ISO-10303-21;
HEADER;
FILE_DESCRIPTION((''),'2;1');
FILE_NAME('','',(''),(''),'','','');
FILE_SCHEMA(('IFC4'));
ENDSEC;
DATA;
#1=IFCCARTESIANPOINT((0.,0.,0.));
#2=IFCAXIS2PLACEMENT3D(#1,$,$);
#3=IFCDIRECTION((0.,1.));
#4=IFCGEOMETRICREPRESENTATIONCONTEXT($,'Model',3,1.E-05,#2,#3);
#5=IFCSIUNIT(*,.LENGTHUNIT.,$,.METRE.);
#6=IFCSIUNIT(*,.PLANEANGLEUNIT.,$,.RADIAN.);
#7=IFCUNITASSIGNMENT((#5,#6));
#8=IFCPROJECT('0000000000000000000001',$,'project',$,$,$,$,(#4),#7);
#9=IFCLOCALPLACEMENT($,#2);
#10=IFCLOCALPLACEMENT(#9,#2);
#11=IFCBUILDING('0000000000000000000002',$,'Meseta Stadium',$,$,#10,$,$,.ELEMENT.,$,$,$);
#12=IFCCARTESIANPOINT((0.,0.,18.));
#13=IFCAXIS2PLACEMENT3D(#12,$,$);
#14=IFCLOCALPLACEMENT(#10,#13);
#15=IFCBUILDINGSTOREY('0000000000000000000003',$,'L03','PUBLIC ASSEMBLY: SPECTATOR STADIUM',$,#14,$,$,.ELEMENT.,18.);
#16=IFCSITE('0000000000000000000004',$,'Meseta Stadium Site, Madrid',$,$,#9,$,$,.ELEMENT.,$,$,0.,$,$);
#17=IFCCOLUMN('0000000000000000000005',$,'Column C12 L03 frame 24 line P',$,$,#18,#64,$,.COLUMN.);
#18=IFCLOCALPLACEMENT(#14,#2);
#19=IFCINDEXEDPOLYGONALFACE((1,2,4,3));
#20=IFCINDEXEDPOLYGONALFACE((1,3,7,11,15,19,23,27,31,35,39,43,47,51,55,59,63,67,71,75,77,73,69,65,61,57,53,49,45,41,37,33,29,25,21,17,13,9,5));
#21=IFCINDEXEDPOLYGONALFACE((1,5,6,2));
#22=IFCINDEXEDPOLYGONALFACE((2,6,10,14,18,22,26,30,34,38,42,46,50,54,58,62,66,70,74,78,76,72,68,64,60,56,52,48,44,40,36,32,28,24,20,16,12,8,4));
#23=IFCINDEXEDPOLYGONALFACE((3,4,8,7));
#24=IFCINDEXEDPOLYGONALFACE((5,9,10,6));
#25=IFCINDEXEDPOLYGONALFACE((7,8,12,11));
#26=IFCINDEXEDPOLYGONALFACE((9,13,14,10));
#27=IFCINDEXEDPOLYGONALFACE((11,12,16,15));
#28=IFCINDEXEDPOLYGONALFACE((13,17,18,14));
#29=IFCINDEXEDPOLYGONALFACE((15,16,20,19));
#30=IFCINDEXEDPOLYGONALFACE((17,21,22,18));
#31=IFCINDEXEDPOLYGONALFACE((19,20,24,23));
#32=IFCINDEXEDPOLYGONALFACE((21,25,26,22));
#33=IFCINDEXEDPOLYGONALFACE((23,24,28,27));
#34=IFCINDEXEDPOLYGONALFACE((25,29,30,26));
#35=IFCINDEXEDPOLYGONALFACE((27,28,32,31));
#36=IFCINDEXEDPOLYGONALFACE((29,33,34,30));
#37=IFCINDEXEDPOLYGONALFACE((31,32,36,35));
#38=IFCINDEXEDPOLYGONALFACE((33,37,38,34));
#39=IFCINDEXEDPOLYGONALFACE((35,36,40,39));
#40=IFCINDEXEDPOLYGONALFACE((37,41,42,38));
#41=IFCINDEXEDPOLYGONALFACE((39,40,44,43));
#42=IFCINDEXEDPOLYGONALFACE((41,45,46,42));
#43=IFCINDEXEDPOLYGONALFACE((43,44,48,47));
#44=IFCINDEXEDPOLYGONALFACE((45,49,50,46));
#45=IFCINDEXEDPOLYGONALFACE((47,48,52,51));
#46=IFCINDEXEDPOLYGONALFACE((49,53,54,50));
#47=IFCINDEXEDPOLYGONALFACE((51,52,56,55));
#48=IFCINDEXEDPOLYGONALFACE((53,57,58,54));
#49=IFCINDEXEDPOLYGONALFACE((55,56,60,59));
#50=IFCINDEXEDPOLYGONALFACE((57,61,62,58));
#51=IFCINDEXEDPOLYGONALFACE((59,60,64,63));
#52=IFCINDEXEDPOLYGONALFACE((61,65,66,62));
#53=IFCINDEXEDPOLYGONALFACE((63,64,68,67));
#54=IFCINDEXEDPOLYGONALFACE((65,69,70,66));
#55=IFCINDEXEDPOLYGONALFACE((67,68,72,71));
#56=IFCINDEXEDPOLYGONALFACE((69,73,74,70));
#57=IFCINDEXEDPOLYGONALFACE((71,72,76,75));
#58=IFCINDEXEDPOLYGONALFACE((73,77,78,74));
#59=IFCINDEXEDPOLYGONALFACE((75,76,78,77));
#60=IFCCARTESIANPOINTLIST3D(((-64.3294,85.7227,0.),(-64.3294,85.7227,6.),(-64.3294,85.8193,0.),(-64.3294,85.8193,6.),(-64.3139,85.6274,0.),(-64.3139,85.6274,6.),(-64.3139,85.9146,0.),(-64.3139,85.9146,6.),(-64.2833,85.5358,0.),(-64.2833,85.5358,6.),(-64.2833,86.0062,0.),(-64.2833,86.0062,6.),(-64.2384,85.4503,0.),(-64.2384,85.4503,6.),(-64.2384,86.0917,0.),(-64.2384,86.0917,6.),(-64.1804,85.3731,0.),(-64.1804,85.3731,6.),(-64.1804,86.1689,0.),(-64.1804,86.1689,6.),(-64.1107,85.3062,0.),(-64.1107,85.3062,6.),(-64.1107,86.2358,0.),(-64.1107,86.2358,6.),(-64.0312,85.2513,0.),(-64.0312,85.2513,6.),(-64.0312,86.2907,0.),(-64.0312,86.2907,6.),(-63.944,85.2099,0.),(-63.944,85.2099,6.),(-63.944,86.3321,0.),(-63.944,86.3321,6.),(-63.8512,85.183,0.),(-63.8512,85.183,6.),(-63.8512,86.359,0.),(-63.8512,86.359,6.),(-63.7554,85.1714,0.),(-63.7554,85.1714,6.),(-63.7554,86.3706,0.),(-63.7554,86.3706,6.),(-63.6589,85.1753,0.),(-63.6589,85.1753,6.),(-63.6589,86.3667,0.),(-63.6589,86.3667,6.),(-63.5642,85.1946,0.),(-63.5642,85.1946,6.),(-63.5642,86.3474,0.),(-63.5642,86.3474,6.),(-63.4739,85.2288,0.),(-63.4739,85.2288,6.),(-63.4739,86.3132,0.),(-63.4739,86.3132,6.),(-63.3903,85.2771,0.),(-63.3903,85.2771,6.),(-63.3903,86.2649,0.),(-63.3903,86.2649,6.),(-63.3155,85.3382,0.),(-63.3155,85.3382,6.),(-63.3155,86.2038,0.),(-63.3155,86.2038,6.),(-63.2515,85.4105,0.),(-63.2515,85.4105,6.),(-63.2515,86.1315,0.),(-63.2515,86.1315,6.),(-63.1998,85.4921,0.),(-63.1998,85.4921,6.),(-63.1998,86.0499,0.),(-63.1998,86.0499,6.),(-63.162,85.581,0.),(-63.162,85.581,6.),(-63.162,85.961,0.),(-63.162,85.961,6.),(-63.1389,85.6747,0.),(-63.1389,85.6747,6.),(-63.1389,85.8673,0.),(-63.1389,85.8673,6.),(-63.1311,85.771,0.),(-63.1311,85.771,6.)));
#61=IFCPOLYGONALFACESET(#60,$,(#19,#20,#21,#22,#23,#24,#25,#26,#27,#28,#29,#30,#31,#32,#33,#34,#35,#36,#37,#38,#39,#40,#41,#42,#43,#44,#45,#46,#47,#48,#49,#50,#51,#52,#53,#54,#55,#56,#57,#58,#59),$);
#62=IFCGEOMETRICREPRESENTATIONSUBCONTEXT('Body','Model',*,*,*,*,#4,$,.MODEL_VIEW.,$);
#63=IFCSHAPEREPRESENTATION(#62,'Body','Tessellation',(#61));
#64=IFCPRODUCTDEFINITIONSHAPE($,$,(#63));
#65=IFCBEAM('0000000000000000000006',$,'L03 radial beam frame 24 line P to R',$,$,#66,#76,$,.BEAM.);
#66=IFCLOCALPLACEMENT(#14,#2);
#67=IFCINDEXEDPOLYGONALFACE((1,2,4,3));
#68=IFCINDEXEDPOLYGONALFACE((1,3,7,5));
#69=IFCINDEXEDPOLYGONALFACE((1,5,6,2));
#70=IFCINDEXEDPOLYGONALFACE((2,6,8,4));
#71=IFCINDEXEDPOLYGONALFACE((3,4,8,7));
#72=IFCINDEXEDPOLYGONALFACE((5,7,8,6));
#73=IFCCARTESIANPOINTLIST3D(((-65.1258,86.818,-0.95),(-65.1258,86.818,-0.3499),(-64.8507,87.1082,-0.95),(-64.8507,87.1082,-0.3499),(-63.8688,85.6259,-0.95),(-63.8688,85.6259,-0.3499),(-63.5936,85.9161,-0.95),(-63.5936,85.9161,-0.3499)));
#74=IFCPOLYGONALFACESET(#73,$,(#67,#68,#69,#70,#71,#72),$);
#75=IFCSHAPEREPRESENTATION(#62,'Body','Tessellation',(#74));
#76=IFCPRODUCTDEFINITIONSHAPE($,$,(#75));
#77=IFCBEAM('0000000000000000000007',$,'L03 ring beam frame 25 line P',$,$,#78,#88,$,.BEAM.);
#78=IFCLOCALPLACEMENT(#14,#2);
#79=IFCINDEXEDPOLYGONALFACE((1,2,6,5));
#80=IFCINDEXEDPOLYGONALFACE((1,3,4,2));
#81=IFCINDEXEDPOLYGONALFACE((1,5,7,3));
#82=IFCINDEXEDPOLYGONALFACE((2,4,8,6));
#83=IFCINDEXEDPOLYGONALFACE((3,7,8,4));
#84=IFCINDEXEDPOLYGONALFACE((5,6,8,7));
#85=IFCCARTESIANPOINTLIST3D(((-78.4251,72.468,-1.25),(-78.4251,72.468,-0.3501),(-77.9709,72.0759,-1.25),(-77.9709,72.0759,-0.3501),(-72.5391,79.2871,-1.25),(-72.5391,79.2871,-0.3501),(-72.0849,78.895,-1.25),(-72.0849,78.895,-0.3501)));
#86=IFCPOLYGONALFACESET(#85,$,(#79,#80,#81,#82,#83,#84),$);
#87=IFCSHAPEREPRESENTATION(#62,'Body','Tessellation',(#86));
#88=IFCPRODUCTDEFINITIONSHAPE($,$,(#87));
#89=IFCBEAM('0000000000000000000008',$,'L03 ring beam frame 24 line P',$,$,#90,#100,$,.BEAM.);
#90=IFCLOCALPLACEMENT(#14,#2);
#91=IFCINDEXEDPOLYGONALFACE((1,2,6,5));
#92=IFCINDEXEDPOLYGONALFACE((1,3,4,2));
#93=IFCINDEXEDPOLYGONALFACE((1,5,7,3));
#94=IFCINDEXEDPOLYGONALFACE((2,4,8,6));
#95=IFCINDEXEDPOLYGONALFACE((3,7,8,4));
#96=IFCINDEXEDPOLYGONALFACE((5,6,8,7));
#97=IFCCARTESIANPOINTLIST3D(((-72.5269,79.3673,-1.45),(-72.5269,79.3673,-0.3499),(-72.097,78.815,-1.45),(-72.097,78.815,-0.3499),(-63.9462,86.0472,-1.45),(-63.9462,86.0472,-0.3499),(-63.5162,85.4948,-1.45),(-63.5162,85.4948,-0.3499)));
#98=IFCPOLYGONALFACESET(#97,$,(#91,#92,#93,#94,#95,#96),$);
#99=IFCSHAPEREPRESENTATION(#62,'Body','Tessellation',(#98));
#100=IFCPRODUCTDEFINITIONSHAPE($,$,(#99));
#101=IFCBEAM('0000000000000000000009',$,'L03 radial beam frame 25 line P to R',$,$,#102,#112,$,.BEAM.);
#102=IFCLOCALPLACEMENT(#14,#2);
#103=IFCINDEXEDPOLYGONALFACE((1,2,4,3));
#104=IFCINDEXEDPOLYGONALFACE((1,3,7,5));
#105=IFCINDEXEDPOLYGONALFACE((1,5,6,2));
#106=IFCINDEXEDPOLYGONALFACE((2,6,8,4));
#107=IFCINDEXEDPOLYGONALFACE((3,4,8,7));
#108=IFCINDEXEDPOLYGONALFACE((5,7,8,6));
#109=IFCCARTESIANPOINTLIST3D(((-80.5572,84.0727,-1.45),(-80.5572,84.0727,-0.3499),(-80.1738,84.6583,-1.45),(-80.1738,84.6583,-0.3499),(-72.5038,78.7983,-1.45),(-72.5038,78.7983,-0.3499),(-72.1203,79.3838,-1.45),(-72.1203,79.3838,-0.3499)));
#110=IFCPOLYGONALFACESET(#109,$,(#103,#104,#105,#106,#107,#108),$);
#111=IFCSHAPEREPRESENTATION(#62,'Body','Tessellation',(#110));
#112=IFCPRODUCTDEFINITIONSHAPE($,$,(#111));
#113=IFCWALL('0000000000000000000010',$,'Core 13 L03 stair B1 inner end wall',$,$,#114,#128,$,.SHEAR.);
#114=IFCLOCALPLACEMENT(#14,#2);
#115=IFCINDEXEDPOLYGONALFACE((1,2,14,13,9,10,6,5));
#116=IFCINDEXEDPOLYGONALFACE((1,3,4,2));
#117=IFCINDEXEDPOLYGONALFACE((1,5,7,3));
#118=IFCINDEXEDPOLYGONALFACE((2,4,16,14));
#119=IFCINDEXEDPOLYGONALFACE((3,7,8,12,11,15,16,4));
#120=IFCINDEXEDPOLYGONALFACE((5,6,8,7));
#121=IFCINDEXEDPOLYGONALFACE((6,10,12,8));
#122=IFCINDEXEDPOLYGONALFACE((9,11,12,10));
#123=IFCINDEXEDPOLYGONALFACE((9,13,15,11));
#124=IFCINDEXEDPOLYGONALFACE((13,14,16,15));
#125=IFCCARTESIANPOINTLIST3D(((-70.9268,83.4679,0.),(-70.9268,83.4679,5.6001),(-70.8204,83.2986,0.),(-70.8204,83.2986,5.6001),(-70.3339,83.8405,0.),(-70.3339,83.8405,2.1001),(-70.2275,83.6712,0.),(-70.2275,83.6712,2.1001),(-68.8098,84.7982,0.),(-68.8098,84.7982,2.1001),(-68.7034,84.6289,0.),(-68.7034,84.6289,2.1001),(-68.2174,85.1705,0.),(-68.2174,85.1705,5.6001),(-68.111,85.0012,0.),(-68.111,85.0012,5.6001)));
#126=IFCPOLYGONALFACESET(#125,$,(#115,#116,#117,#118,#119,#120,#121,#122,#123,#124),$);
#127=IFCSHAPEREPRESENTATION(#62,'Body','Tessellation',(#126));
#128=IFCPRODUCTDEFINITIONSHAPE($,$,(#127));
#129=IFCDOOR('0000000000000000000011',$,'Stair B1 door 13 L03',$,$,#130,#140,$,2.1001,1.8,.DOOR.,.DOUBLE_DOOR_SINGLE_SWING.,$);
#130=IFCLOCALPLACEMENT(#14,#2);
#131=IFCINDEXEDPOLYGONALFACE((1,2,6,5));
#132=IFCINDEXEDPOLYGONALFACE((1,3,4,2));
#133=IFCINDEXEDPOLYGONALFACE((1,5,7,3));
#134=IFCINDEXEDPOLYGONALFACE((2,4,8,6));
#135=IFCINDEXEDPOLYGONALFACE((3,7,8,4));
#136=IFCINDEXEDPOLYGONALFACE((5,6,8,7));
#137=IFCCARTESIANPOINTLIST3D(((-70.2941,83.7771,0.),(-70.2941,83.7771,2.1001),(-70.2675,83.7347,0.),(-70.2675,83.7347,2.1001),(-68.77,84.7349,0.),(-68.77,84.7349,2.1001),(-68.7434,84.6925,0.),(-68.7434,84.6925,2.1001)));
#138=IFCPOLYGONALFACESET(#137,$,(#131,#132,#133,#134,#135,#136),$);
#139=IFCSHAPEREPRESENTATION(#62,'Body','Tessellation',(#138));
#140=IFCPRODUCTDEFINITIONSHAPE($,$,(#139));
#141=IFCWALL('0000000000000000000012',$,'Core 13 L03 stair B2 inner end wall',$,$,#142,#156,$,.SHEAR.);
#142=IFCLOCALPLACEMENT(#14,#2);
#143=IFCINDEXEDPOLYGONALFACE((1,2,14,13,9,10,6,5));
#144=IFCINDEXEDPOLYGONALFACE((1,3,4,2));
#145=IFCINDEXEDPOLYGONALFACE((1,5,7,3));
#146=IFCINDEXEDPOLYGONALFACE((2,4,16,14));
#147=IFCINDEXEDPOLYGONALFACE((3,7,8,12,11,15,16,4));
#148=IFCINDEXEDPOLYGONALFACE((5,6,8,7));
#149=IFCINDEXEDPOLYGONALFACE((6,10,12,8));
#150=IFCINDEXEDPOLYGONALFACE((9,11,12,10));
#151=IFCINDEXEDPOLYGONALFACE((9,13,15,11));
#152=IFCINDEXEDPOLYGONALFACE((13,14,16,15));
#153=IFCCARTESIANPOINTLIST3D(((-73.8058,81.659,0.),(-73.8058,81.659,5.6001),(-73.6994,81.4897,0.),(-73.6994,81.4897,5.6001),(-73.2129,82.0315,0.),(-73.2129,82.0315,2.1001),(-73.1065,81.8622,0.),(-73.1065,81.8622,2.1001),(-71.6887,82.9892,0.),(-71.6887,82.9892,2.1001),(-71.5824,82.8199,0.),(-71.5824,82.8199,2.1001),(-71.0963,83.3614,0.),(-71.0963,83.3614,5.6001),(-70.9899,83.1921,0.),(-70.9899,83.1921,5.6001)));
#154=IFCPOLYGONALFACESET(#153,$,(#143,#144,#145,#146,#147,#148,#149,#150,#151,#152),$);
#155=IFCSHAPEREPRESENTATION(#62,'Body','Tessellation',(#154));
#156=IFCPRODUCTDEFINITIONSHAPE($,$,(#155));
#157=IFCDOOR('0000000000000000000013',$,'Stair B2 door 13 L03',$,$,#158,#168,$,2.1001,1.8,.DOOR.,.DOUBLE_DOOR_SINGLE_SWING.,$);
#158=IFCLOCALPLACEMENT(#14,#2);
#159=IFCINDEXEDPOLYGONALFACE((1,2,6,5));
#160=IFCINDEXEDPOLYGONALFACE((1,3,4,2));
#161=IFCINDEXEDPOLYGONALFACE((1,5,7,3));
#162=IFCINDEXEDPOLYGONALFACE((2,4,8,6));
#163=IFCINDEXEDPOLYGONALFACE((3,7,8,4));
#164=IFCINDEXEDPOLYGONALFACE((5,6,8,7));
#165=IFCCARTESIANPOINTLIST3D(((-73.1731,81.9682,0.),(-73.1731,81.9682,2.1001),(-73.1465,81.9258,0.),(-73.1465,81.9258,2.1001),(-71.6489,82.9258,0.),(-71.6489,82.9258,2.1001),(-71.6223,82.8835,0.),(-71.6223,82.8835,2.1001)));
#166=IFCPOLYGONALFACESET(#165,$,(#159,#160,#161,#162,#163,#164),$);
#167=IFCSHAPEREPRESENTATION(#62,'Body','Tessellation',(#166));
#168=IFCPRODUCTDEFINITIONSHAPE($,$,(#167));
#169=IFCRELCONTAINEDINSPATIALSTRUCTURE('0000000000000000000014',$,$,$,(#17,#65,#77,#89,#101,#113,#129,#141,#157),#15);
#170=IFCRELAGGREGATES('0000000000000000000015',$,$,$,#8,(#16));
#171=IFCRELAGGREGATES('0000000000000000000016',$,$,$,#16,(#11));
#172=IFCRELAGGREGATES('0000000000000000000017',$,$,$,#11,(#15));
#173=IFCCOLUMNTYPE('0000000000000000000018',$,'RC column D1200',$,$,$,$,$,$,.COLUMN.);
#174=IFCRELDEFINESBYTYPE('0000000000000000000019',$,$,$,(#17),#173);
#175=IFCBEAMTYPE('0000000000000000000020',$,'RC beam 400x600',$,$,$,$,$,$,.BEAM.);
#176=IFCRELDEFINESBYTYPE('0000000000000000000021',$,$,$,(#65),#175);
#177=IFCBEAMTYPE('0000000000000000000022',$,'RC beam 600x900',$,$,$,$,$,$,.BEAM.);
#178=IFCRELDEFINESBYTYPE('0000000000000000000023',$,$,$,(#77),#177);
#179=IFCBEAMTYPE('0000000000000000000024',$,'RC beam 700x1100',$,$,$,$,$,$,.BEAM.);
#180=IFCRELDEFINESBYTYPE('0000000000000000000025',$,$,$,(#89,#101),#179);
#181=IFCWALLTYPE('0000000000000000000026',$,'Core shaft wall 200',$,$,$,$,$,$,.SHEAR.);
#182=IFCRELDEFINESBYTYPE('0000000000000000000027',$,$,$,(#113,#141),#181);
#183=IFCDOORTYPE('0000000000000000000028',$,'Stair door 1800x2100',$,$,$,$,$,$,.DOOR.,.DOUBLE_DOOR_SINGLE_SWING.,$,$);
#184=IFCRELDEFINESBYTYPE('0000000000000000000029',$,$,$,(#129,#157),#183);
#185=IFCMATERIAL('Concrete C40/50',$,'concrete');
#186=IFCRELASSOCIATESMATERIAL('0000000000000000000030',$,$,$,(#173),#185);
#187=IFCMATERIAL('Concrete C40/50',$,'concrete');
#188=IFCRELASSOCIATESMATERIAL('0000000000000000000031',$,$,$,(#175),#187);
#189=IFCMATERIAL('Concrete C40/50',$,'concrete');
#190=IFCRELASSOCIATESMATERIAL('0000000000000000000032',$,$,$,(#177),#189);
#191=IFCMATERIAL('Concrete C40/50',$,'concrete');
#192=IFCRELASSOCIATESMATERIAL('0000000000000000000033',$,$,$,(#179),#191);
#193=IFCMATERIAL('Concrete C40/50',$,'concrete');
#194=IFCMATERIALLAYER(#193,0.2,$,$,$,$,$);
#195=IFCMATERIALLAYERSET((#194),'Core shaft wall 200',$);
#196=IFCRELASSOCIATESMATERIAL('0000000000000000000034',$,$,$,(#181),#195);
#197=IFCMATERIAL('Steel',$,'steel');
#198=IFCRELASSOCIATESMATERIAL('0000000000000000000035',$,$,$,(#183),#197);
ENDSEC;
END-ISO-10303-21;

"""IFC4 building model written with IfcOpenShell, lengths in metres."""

from ifc_helpers import new_model, si_unit, direction, frame, frame_2d, origin, origin_2d, place, context, subcontext, project, spatial, rectangle, circle, extrude, material, layer, layer_set, material_profile, profile_set, type_object, element, fill, save


model = new_model("IFC4")

# Units and contexts
model_context = context("Model", 3, precision=1e-05, world=origin(), true_north=direction((0.0, 1.0)))
body_context = subcontext(model_context, "Body", "Model", "MODEL_VIEW")
ifc_project = project(units=[si_unit("LENGTHUNIT", "METRE"), si_unit("PLANEANGLEUNIT", "RADIAN")], contexts=[model_context])

# Site, building, storey
site_placement = place(None, origin())
site = spatial("IfcSite", under=ifc_project, at=site_placement, Name="Meseta Stadium Site, Madrid", CompositionType="ELEMENT", RefElevation=0.0)
building_placement = place(site_placement, origin())
building = spatial("IfcBuilding", under=site, at=building_placement, Name="Meseta Stadium", CompositionType="ELEMENT")
storey_placement = place(building_placement, frame((0.0, 0.0, 18.0)))
storey = spatial("IfcBuildingStorey", under=building, at=storey_placement, Name="L03", Description="PUBLIC ASSEMBLY: SPECTATOR STADIUM", CompositionType="ELEMENT", Elevation=18.0)

# Column
ifc_material_1 = material(Name="Concrete C40/50", Category="concrete")
ifc_material_profile_1 = material_profile(ifc_material_1, circle(Radius=0.6001, at=origin_2d()), Name="RC D1200")
ifc_profile_set_1 = profile_set([ifc_material_profile_1], Name="Concrete C40/50")
column_type = type_object("IfcColumnType", Name="RC column D1200", PredefinedType="COLUMN", material=ifc_profile_set_1)
column_placement = place(storey_placement, frame((-63.7312, 85.771, 0.0), z_axis=(0.0, 0.0, 1.0), x_axis=(1.0, 0.0, 0.0)))
element("IfcColumn", 1, at=column_placement, inside=storey, type_object=column_type, Name="Column C12 L03 frame 24 line P", PredefinedType="COLUMN", context=body_context, shape_type="SweptSolid", body=[
    extrude(circle(Radius=0.6001, at=origin_2d()), origin(), (0.0, 0.0, 1.0), 6.0),
])

# Beams
ifc_material_2 = material(Name="Concrete C40/50", Category="concrete")
ifc_material_profile_2 = material_profile(ifc_material_2, rectangle(XDim=0.3999, YDim=0.6001, at=origin_2d()), Name="RC 400x600")
ifc_profile_set_2 = profile_set([ifc_material_profile_2], Name="Concrete C40/50")
beam_type_1 = type_object("IfcBeamType", Name="RC beam 400x600", PredefinedType="BEAM", material=ifc_profile_set_2)
beam_1_placement = place(storey_placement, frame((-63.7312, 85.771, -0.6499), z_axis=(-0.725601, 0.688116, 0.0), x_axis=(-0.688116, -0.725601, 0.0)))
element("IfcBeam", 2, at=beam_1_placement, inside=storey, type_object=beam_type_1, Name="L03 radial beam frame 24 line P to R", PredefinedType="BEAM", context=body_context, shape_type="SweptSolid", body=[
    extrude(rectangle(XDim=0.3999, YDim=0.6001, at=origin_2d()), origin(), (0.0, 0.0, 1.0), 1.7324),
])
ifc_material_3 = material(Name="Concrete C40/50", Category="concrete")
ifc_material_profile_3 = material_profile(ifc_material_3, rectangle(XDim=0.6001, YDim=0.8999, at=origin_2d()), Name="RC 600x900")
ifc_profile_set_3 = profile_set([ifc_material_profile_3], Name="Concrete C40/50")
beam_type_2 = type_object("IfcBeamType", Name="RC beam 600x900", PredefinedType="BEAM", material=ifc_profile_set_3)
beam_2_placement = place(storey_placement, frame((-72.312, 79.0911, -0.8), z_axis=(-0.653415, -0.757, 0.0), x_axis=(0.757, -0.653415, 0.0)))
element("IfcBeam", 3, at=beam_2_placement, inside=storey, type_object=beam_type_2, Name="L03 ring beam frame 25 line P", PredefinedType="BEAM", context=body_context, shape_type="SweptSolid", body=[
    extrude(rectangle(XDim=0.6001, YDim=0.8999, at=origin_2d()), origin(), (0.0, 0.0, 1.0), 9.0081),
])
ifc_material_4 = material(Name="Concrete C40/50", Category="concrete")
ifc_material_profile_4 = material_profile(ifc_material_4, rectangle(XDim=0.7, YDim=1.1001, at=origin_2d()), Name="RC 700x1100")
ifc_profile_set_4 = profile_set([ifc_material_profile_4], Name="Concrete C40/50")
beam_type_3 = type_object("IfcBeamType", Name="RC beam 700x1100", PredefinedType="BEAM", material=ifc_profile_set_4)
beam_3_placement = place(storey_placement, frame((-63.7312, 85.771, -0.8999), z_axis=(-0.789086, -0.614283, 0.0), x_axis=(0.614283, -0.789086, 0.0)))
element("IfcBeam", 4, at=beam_3_placement, inside=storey, type_object=beam_type_3, Name="L03 ring beam frame 24 line P", PredefinedType="BEAM", context=body_context, shape_type="SweptSolid", body=[
    extrude(rectangle(XDim=0.7, YDim=1.1001, at=origin_2d()), origin(), (0.0, 0.0, 1.0), 10.8743),
])
beam_4_placement = place(storey_placement, frame((-72.312, 79.0911, -0.8999), z_axis=(-0.836556, 0.547881, 0.0), x_axis=(-0.547881, -0.836556, 0.0)))
element("IfcBeam", 5, at=beam_4_placement, inside=storey, type_object=beam_type_3, Name="L03 radial beam frame 25 line P to R", PredefinedType="BEAM", context=body_context, shape_type="SweptSolid", body=[
    extrude(rectangle(XDim=0.7, YDim=1.1001, at=origin_2d()), origin(), (0.0, 0.0, 1.0), 9.627),
])

# Walls, openings, doors
ifc_material_5 = material(Name="Concrete C40/50", Category="concrete")
ifc_layer_1 = layer(ifc_material_5, 0.2)
ifc_layer_set_1 = layer_set([ifc_layer_1], Name="Core shaft wall 200")
wall_type_1 = type_object("IfcWallType", Name="Core shaft wall 200", PredefinedType="SHEAR", material=ifc_layer_set_1)
wall_1_placement = place(storey_placement, frame((-68.1641, 85.0859, 0.0), z_axis=(0.0, 0.0, 1.0), x_axis=(-0.846701, -0.532068, 0.0)))
wall_1 = element("IfcWall", 6, at=wall_1_placement, inside=storey, type_object=wall_type_1, Name="Core 13 L03 stair B1 inner end wall", PredefinedType="SHEAR", context=body_context, shape_type="SweptSolid", body=[
    extrude(rectangle(XDim=3.2, YDim=0.2, at=frame_2d((1.6001, 0.0))), origin(), (0.0, 0.0, 1.0), 5.6001),
])
opening_1_placement = place(wall_1_placement, frame((0.7, 0.0, 0.0)))
opening_1 = element("IfcOpeningElement", 7, at=opening_1_placement, cuts=wall_1, PredefinedType="OPENING", context=body_context, shape_type="SweptSolid", body=[
    extrude(rectangle(XDim=1.8, YDim=2.1001, at=frame_2d((0.8999, 1.05))), frame((0.0, 0.1099, 0.0), z_axis=(0.0, -1.0, 0.0), x_axis=(1.0, 0.0, 0.0)), (0.0, 0.0, 1.0), 0.22),
])
ifc_material_6 = material(Name="Steel", Category="steel")
door_type_1 = type_object("IfcDoorType", Name="Stair door 1800x2100", OperationType="DOUBLE_DOOR_SINGLE_SWING", PredefinedType="DOOR", material=ifc_material_6)
door_1_placement = place(opening_1_placement, origin())
door_1 = element("IfcDoor", 8, at=door_1_placement, inside=storey, type_object=door_type_1, Name="Stair B1 door 13 L03", OperationType="DOUBLE_DOOR_SINGLE_SWING", OverallHeight=2.1001, OverallWidth=1.8, PredefinedType="DOOR", context=body_context, shape_type="SweptSolid", body=[
    extrude(rectangle(XDim=1.8, YDim=2.1001, at=frame_2d((0.8999, 1.05))), frame((0.0, 0.0249, 0.0), z_axis=(0.0, -1.0, 0.0), x_axis=(1.0, 0.0, 0.0)), (0.0, 0.0, 1.0), 0.05),
])
fill(opening_1, door_1)
wall_2_placement = place(storey_placement, frame((-71.043, 83.2769, 0.0), z_axis=(0.0, 0.0, 1.0), x_axis=(-0.846736, -0.532014, 0.0)))
wall_2 = element("IfcWall", 9, at=wall_2_placement, inside=storey, type_object=wall_type_1, Name="Core 13 L03 stair B2 inner end wall", PredefinedType="SHEAR", context=body_context, shape_type="SweptSolid", body=[
    extrude(rectangle(XDim=3.2, YDim=0.2, at=frame_2d((1.6001, 0.0))), origin(), (0.0, 0.0, 1.0), 5.6001),
])
opening_2_placement = place(wall_2_placement, frame((0.7, 0.0, 0.0)))
opening_2 = element("IfcOpeningElement", 10, at=opening_2_placement, cuts=wall_2, PredefinedType="OPENING", context=body_context, shape_type="SweptSolid", body=[
    extrude(rectangle(XDim=1.8, YDim=2.1001, at=frame_2d((0.8999, 1.05))), frame((0.0, 0.1099, 0.0), z_axis=(0.0, -1.0, 0.0), x_axis=(1.0, 0.0, 0.0)), (0.0, 0.0, 1.0), 0.22),
])
door_2_placement = place(opening_2_placement, origin())
door_2 = element("IfcDoor", 11, at=door_2_placement, inside=storey, type_object=door_type_1, Name="Stair B2 door 13 L03", OperationType="DOUBLE_DOOR_SINGLE_SWING", OverallHeight=2.1001, OverallWidth=1.8, PredefinedType="DOOR", context=body_context, shape_type="SweptSolid", body=[
    extrude(rectangle(XDim=1.8, YDim=2.1001, at=frame_2d((0.8999, 1.05))), frame((0.0, 0.0249, 0.0), z_axis=(0.0, -1.0, 0.0), x_axis=(1.0, 0.0, 0.0)), (0.0, 0.0, 1.0), 0.05),
])
fill(opening_2, door_2)

save(model, "model.ifc")
